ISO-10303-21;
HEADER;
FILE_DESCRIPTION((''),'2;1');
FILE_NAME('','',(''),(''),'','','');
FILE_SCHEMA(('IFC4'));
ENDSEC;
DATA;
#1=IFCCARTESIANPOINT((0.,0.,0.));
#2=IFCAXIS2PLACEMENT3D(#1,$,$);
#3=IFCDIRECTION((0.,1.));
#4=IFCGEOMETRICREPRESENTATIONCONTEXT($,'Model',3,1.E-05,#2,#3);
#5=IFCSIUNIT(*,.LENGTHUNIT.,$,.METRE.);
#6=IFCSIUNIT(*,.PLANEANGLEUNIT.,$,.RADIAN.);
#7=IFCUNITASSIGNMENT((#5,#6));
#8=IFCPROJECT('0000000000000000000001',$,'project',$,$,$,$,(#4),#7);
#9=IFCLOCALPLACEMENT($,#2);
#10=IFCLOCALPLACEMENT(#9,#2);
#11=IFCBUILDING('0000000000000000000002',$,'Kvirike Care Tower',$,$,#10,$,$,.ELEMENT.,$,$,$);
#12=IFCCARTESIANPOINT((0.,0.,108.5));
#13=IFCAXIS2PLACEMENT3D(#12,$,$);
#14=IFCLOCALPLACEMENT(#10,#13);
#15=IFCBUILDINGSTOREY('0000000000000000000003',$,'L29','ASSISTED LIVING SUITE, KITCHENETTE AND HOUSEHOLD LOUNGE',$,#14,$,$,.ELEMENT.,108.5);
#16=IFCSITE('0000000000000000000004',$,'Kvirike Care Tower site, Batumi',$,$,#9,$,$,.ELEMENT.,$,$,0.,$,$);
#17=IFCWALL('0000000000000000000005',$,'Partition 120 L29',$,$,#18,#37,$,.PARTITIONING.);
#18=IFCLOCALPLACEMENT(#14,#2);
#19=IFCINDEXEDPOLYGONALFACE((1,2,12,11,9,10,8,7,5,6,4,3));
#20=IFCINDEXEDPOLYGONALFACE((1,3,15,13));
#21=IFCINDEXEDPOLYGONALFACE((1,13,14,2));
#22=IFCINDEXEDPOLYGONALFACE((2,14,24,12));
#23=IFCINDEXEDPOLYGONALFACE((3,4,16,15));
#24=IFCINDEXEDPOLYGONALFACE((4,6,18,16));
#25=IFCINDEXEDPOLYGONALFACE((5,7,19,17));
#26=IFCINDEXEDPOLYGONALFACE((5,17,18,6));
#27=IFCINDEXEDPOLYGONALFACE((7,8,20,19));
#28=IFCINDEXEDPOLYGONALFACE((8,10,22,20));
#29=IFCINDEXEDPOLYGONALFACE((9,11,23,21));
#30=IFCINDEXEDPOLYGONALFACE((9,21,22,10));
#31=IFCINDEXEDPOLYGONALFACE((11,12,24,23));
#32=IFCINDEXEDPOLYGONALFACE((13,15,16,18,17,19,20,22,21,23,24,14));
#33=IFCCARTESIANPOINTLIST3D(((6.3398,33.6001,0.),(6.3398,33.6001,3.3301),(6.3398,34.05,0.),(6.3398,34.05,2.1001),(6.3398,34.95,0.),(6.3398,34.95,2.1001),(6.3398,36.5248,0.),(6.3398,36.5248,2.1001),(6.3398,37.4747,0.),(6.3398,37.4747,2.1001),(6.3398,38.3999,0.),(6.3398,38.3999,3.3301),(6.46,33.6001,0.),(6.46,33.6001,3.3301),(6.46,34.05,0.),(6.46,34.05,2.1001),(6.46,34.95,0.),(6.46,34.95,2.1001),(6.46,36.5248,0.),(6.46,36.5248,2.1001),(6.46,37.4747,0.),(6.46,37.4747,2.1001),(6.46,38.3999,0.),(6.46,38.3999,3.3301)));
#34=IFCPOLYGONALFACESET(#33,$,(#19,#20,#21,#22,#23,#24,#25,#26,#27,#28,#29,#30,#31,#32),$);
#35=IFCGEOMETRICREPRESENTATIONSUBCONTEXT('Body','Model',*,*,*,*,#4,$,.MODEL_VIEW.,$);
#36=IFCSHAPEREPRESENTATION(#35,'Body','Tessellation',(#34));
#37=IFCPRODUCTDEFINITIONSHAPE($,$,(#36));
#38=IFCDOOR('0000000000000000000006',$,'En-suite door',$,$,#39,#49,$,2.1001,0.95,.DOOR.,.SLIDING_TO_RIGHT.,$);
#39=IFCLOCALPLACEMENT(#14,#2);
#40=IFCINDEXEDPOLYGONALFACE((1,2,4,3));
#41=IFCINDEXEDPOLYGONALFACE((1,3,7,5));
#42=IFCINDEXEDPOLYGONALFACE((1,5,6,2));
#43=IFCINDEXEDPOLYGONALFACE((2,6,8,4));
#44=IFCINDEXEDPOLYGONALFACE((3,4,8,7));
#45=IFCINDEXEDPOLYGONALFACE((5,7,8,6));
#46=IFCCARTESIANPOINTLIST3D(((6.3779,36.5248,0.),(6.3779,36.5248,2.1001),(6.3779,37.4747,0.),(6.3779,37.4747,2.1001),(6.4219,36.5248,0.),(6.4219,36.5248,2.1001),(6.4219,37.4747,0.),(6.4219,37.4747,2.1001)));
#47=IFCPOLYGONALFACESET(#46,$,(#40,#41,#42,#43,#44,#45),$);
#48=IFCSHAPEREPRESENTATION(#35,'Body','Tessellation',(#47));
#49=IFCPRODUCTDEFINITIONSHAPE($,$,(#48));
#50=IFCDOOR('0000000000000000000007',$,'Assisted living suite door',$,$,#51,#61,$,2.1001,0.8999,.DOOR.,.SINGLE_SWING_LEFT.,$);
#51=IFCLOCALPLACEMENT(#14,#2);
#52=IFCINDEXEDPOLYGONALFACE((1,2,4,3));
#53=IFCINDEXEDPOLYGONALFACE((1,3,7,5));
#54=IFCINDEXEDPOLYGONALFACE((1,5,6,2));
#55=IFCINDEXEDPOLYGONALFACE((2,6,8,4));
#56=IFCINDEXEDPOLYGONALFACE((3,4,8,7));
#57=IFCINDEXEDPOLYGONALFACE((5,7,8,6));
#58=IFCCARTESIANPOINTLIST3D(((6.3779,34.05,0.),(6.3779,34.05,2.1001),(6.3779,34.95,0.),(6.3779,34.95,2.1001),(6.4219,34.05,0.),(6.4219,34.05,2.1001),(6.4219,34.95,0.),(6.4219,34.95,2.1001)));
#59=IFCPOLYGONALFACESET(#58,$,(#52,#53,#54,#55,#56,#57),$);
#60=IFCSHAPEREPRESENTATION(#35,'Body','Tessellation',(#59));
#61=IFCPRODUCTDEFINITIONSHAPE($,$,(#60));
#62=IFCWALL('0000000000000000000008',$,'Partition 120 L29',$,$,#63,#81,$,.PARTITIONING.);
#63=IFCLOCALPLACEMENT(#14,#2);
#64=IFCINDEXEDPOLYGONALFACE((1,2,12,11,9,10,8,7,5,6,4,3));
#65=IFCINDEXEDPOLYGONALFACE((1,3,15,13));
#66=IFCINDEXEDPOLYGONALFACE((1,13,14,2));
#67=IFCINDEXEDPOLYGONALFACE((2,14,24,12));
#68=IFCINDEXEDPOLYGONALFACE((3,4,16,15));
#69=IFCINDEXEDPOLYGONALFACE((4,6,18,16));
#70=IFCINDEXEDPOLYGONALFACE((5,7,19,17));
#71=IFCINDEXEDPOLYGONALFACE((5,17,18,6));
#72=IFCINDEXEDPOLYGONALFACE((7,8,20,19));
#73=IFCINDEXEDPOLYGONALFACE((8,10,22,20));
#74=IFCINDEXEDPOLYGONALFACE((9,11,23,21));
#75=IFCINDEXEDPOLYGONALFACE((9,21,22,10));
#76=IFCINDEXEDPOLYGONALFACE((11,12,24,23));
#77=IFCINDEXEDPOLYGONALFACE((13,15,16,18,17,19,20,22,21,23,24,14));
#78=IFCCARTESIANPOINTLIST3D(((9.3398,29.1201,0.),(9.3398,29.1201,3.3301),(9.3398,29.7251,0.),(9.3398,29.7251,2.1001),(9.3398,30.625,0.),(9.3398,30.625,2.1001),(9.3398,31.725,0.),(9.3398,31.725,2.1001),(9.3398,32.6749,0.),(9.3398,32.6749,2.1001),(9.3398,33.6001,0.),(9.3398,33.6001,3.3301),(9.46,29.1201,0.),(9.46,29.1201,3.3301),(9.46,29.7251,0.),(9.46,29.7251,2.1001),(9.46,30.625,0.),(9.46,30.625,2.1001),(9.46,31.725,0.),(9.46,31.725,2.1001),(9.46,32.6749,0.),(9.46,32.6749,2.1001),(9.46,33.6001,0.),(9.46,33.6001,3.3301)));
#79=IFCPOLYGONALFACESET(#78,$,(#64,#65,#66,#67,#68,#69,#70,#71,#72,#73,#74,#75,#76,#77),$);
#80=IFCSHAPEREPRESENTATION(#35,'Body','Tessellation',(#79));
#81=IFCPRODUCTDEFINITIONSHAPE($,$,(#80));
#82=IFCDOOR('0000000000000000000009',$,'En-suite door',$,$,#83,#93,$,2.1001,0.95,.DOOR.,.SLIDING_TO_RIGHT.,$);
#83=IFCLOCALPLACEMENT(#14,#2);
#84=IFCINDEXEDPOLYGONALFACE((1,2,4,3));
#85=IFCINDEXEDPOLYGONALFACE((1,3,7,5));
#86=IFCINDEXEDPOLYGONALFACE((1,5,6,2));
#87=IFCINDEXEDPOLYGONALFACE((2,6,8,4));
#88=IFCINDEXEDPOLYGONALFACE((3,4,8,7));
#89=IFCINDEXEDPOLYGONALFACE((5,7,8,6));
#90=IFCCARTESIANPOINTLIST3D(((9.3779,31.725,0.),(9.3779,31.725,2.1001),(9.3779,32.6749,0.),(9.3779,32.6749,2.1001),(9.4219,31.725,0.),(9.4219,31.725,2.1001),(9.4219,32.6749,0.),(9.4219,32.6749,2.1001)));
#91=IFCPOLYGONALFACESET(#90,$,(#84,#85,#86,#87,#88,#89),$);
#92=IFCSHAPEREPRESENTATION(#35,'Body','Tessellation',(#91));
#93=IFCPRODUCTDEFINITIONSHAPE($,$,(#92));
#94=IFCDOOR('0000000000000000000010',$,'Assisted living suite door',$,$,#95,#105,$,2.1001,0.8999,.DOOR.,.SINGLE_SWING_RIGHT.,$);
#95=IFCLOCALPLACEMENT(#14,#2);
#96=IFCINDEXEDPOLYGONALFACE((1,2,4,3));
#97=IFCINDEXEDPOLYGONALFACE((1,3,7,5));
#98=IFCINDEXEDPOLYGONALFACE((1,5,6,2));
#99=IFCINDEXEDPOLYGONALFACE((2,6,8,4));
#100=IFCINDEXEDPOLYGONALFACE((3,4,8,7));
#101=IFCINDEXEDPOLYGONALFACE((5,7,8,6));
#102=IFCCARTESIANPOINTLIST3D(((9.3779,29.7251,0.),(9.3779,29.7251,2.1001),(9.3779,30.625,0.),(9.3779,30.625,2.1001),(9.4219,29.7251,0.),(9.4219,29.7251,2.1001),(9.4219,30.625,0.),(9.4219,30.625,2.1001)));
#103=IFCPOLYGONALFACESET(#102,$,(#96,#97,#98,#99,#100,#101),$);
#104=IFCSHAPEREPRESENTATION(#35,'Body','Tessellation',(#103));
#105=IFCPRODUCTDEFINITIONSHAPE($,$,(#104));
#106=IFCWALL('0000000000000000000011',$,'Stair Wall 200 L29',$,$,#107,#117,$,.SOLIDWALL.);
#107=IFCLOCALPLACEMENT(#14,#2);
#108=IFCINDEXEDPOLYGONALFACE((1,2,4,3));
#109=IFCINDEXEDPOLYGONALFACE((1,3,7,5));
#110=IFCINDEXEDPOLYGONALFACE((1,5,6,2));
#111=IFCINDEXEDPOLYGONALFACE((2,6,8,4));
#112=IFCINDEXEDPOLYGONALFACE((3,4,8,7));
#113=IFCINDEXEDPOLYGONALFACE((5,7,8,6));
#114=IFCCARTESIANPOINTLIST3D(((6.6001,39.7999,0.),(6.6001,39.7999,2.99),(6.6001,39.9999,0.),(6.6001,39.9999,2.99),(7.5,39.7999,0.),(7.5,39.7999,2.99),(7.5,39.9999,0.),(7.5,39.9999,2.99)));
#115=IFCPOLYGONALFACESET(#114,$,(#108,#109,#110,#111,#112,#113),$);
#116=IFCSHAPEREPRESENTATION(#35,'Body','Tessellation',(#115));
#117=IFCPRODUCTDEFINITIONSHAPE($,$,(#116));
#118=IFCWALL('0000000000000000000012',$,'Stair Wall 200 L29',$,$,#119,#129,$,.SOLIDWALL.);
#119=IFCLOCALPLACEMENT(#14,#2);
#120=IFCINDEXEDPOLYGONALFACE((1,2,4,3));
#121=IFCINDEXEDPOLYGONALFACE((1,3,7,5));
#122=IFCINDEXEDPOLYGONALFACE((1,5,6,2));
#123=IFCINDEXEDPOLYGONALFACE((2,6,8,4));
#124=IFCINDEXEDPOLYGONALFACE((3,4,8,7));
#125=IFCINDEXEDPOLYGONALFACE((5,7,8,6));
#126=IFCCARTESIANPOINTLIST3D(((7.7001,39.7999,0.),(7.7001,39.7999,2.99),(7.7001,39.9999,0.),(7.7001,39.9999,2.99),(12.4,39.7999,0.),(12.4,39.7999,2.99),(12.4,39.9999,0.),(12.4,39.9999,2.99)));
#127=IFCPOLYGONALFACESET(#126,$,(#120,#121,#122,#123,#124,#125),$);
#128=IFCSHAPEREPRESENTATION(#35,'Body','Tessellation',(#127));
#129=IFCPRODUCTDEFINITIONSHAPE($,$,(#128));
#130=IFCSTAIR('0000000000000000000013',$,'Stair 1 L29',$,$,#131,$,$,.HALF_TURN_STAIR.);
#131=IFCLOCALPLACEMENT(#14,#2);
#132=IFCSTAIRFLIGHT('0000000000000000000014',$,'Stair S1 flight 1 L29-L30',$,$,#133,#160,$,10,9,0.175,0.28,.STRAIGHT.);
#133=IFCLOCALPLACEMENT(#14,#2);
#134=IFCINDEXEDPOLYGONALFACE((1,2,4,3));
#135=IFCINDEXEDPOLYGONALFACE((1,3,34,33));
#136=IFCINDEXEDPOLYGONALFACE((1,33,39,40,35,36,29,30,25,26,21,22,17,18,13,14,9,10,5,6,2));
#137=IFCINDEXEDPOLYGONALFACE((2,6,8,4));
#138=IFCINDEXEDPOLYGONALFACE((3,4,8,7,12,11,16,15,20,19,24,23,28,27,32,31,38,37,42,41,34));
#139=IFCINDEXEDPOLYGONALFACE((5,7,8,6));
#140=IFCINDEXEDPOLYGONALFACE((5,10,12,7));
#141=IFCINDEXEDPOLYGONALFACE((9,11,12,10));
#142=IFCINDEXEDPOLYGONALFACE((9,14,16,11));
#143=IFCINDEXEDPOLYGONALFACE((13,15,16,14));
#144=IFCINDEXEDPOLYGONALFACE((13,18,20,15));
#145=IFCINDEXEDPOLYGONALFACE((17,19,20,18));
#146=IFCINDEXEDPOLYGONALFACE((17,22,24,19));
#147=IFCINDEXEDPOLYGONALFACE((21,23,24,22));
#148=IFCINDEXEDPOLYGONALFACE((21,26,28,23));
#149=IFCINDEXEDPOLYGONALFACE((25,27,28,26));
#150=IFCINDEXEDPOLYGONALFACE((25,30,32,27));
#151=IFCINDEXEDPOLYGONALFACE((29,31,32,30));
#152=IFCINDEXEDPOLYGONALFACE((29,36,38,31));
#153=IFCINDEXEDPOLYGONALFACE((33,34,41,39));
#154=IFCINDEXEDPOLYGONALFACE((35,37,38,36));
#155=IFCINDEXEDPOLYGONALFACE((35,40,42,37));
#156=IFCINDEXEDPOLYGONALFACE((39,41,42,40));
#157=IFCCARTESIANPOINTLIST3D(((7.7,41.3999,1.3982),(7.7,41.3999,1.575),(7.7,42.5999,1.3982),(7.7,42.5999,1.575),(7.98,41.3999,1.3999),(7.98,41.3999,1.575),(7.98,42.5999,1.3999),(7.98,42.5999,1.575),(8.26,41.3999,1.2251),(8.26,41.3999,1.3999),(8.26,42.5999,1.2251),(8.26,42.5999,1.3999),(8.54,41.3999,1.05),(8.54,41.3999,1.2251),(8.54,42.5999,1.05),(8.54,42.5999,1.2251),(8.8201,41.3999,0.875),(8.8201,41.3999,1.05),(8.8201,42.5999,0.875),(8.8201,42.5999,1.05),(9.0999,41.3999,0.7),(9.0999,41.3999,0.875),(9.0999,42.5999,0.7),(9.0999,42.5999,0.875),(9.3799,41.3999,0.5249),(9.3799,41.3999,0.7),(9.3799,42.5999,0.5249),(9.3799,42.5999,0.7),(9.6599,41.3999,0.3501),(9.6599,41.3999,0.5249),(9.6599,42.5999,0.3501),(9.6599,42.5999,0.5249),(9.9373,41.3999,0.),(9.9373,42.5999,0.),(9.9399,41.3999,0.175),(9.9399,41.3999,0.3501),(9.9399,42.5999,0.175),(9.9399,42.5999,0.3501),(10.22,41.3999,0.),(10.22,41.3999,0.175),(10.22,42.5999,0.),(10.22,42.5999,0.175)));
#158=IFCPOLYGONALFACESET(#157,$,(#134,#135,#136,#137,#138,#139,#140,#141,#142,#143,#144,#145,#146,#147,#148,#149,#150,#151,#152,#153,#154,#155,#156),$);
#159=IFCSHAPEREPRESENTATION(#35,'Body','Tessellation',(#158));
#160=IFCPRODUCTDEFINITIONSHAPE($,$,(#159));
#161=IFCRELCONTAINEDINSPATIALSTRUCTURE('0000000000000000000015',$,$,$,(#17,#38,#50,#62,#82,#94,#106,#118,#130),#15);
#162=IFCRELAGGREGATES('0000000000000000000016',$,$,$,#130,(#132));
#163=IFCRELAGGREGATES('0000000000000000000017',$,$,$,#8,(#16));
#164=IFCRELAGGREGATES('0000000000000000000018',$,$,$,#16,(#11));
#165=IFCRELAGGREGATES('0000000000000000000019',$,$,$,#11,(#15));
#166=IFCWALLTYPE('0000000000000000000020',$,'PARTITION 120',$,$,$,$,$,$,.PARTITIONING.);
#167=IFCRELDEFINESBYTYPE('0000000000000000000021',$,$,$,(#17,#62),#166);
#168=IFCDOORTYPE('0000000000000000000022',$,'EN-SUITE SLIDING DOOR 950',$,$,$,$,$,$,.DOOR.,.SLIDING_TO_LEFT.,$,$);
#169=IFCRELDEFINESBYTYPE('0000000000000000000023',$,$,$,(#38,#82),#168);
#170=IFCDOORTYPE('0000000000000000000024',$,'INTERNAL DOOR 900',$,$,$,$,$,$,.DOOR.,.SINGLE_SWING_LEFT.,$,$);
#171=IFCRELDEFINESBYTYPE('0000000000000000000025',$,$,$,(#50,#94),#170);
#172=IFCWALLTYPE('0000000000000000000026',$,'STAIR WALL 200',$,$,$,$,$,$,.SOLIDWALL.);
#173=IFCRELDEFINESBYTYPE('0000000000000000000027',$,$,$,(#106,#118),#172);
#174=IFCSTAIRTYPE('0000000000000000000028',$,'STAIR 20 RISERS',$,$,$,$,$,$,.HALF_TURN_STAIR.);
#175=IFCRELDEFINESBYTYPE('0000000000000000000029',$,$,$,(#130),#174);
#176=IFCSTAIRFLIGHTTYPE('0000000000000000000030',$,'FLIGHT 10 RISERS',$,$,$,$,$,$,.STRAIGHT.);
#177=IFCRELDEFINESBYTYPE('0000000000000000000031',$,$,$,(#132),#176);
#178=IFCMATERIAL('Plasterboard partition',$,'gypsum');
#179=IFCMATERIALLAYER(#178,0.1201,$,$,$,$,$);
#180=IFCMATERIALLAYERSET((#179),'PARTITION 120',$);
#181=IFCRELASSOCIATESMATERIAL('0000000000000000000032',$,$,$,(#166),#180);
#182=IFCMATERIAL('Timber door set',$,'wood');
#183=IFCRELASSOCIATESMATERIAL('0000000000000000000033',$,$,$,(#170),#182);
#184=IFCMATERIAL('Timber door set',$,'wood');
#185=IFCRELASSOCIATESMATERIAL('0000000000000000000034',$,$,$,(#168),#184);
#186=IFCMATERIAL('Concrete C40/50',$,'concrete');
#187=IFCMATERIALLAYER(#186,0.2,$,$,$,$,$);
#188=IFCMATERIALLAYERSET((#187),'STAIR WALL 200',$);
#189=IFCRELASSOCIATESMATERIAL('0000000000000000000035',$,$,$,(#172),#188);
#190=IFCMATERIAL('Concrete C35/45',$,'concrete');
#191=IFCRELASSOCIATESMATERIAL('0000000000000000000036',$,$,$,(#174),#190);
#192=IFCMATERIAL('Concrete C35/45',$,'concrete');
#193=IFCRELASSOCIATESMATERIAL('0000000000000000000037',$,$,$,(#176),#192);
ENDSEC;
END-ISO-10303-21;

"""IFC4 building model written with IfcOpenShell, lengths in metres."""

from ifc_helpers import new_model, si_unit, direction, frame, frame_2d, origin, place, context, subcontext, project, spatial, polyline, rectangle, outline, extrude, material, layer, layer_set, type_object, element, fill, aggregate, save


model = new_model("IFC4")

# Units and contexts
model_context = context("Model", 3, precision=1e-05, world=origin(), true_north=direction((0.0, 1.0)))
body_context = subcontext(model_context, "Body", "Model", "MODEL_VIEW")
ifc_project = project(units=[si_unit("LENGTHUNIT", "METRE"), si_unit("PLANEANGLEUNIT", "RADIAN")], contexts=[model_context])

# Site, building, storey
site_placement = place(None, origin())
site = spatial("IfcSite", under=ifc_project, at=site_placement, Name="Kvirike Care Tower site, Batumi", CompositionType="ELEMENT", RefElevation=0.0)
building_placement = place(site_placement, origin())
building = spatial("IfcBuilding", under=site, at=building_placement, Name="Kvirike Care Tower", CompositionType="ELEMENT")
storey_placement = place(building_placement, frame((0.0, 0.0, 108.5)))
storey = spatial("IfcBuildingStorey", under=building, at=storey_placement, Name="L29", Description="ASSISTED LIVING SUITE, KITCHENETTE AND HOUSEHOLD LOUNGE", CompositionType="ELEMENT", Elevation=108.5)

# Shared definitions
ifc_material_1 = material(Name="Plasterboard partition", Category="gypsum")
ifc_layer_1 = layer(ifc_material_1, 0.1201)
ifc_layer_set_1 = layer_set([ifc_layer_1], Name="PARTITION 120")
wall_type_1 = type_object("IfcWallType", Name="PARTITION 120", PredefinedType="PARTITIONING", material=ifc_layer_set_1)
ifc_material_2 = material(Name="Timber door set", Category="wood")
door_type_1 = type_object("IfcDoorType", Name="INTERNAL DOOR 900", OperationType="SINGLE_SWING_LEFT", PredefinedType="DOOR", material=ifc_material_2)

# Walls, openings, doors
wall_1_placement = place(storey_placement, frame((6.3999, 38.3999, 0.0), z_axis=(0.0, 0.0, 1.0), x_axis=(0.0, -1.0, 0.0)))
wall_1 = element("IfcWall", 1, at=wall_1_placement, inside=storey, type_object=wall_type_1, Name="Partition 120 L29", PredefinedType="PARTITIONING", context=body_context, shape_type="SweptSolid", body=[
    extrude(rectangle(XDim=4.7998, YDim=0.1201, at=frame_2d((2.3999, 0.0))), origin(), (0.0, 0.0, 1.0), 3.3301),
])
opening_1_placement = place(wall_1_placement, frame((3.45, 0.0, 0.0)))
opening_1 = element("IfcOpeningElement", 2, at=opening_1_placement, cuts=wall_1, PredefinedType="OPENING", context=body_context, shape_type="SweptSolid", body=[
    extrude(rectangle(XDim=0.8999, YDim=2.1001, at=frame_2d((0.45, 1.05))), frame((0.0, 0.0706, 0.0), z_axis=(0.0, -1.0, 0.0), x_axis=(1.0, 0.0, 0.0)), (0.0, 0.0, 1.0), 0.1411),
])
opening_2_placement = place(wall_1_placement, frame((0.925, 0.0, 0.0)))
opening_2 = element("IfcOpeningElement", 3, at=opening_2_placement, cuts=wall_1, PredefinedType="OPENING", context=body_context, shape_type="SweptSolid", body=[
    extrude(rectangle(XDim=0.95, YDim=2.1001, at=frame_2d((0.4751, 1.05))), frame((0.0, 0.0706, 0.0), z_axis=(0.0, -1.0, 0.0), x_axis=(1.0, 0.0, 0.0)), (0.0, 0.0, 1.0), 0.1411),
])
ifc_material_3 = material(Name="Timber door set", Category="wood")
door_type_2 = type_object("IfcDoorType", Name="EN-SUITE SLIDING DOOR 950", OperationType="SLIDING_TO_LEFT", PredefinedType="DOOR", material=ifc_material_3)
door_1_placement = place(opening_2_placement, origin())
door_1 = element("IfcDoor", 4, at=door_1_placement, inside=storey, type_object=door_type_2, Name="En-suite door", OperationType="SLIDING_TO_RIGHT", OverallHeight=2.1001, OverallWidth=0.95, PredefinedType="DOOR", context=body_context, shape_type="SweptSolid", body=[
    extrude(rectangle(XDim=0.95, YDim=2.1001, at=frame_2d((0.4751, 1.05))), frame((0.0, 0.022, 0.0), z_axis=(0.0, -1.0, 0.0), x_axis=(1.0, 0.0, 0.0)), (0.0, 0.0, 1.0), 0.0439),
])
fill(opening_2, door_1)
door_2_placement = place(opening_1_placement, origin())
door_2 = element("IfcDoor", 5, at=door_2_placement, inside=storey, type_object=door_type_1, Name="Assisted living suite door", OperationType="SINGLE_SWING_LEFT", OverallHeight=2.1001, OverallWidth=0.8999, PredefinedType="DOOR", context=body_context, shape_type="SweptSolid", body=[
    extrude(rectangle(XDim=0.8999, YDim=2.1001, at=frame_2d((0.45, 1.05))), frame((0.0, 0.022, 0.0), z_axis=(0.0, -1.0, 0.0), x_axis=(1.0, 0.0, 0.0)), (0.0, 0.0, 1.0), 0.0439),
])
fill(opening_1, door_2)
wall_2_placement = place(storey_placement, frame((9.3999, 33.6001, 0.0), z_axis=(0.0, 0.0, 1.0), x_axis=(0.0, -1.0, 0.0)))
wall_2 = element("IfcWall", 6, at=wall_2_placement, inside=storey, type_object=wall_type_1, Name="Partition 120 L29", PredefinedType="PARTITIONING", context=body_context, shape_type="SweptSolid", body=[
    extrude(rectangle(XDim=4.48, YDim=0.1201, at=frame_2d((2.24, 0.0))), origin(), (0.0, 0.0, 1.0), 3.3301),
])
opening_3_placement = place(wall_2_placement, frame((2.9751, 0.0, 0.0)))
opening_3 = element("IfcOpeningElement", 7, at=opening_3_placement, cuts=wall_2, PredefinedType="OPENING", context=body_context, shape_type="SweptSolid", body=[
    extrude(rectangle(XDim=0.8999, YDim=2.1001, at=frame_2d((0.45, 1.05))), frame((0.0, 0.0706, 0.0), z_axis=(0.0, -1.0, 0.0), x_axis=(1.0, 0.0, 0.0)), (0.0, 0.0, 1.0), 0.1411),
])
opening_4_placement = place(wall_2_placement, frame((0.925, 0.0, 0.0)))
opening_4 = element("IfcOpeningElement", 8, at=opening_4_placement, cuts=wall_2, PredefinedType="OPENING", context=body_context, shape_type="SweptSolid", body=[
    extrude(rectangle(XDim=0.95, YDim=2.1001, at=frame_2d((0.4751, 1.05))), frame((0.0, 0.0706, 0.0), z_axis=(0.0, -1.0, 0.0), x_axis=(1.0, 0.0, 0.0)), (0.0, 0.0, 1.0), 0.1411),
])
door_3_placement = place(opening_4_placement, origin())
door_3 = element("IfcDoor", 9, at=door_3_placement, inside=storey, type_object=door_type_2, Name="En-suite door", OperationType="SLIDING_TO_RIGHT", OverallHeight=2.1001, OverallWidth=0.95, PredefinedType="DOOR", context=body_context, shape_type="SweptSolid", body=[
    extrude(rectangle(XDim=0.95, YDim=2.1001, at=frame_2d((0.4751, 1.05))), frame((0.0, 0.022, 0.0), z_axis=(0.0, -1.0, 0.0), x_axis=(1.0, 0.0, 0.0)), (0.0, 0.0, 1.0), 0.0439),
])
fill(opening_4, door_3)
door_4_placement = place(opening_3_placement, origin())
door_4 = element("IfcDoor", 10, at=door_4_placement, inside=storey, type_object=door_type_1, Name="Assisted living suite door", OperationType="SINGLE_SWING_RIGHT", OverallHeight=2.1001, OverallWidth=0.8999, PredefinedType="DOOR", context=body_context, shape_type="SweptSolid", body=[
    extrude(rectangle(XDim=0.8999, YDim=2.1001, at=frame_2d((0.45, 1.05))), frame((0.0, 0.022, 0.0), z_axis=(0.0, -1.0, 0.0), x_axis=(1.0, 0.0, 0.0)), (0.0, 0.0, 1.0), 0.0439),
])
fill(opening_3, door_4)

# Walls
ifc_material_4 = material(Name="Concrete C40/50", Category="concrete")
ifc_layer_2 = layer(ifc_material_4, 0.2)
ifc_layer_set_2 = layer_set([ifc_layer_2], Name="STAIR WALL 200")
wall_type_2 = type_object("IfcWallType", Name="STAIR WALL 200", PredefinedType="SOLIDWALL", material=ifc_layer_set_2)
wall_3_placement = place(storey_placement, frame((6.6001, 39.8999, 0.0), z_axis=(0.0, 0.0, 1.0), x_axis=(1.0, 0.0, 0.0)))
element("IfcWall", 11, at=wall_3_placement, inside=storey, type_object=wall_type_2, Name="Stair Wall 200 L29", PredefinedType="SOLIDWALL", context=body_context, shape_type="SweptSolid", body=[
    extrude(rectangle(XDim=0.8999, YDim=0.2, at=frame_2d((0.45, 0.0))), origin(), (0.0, 0.0, 1.0), 2.99),
])
wall_4_placement = place(storey_placement, frame((7.7, 39.8999, 0.0), z_axis=(0.0, 0.0, 1.0), x_axis=(1.0, 0.0, 0.0)))
element("IfcWall", 12, at=wall_4_placement, inside=storey, type_object=wall_type_2, Name="Stair Wall 200 L29", PredefinedType="SOLIDWALL", context=body_context, shape_type="SweptSolid", body=[
    extrude(rectangle(XDim=4.7, YDim=0.2, at=frame_2d((2.3501, 0.0))), origin(), (0.0, 0.0, 1.0), 2.99),
])

# Stair, stair flight
ifc_material_5 = material(Name="Concrete C35/45", Category="concrete")
stair_type = type_object("IfcStairType", Name="STAIR 20 RISERS", PredefinedType="HALF_TURN_STAIR", material=ifc_material_5)
stair_placement = place(storey_placement, origin())
stair = element("IfcStair", 13, at=stair_placement, inside=storey, type_object=stair_type, Name="Stair 1 L29", PredefinedType="HALF_TURN_STAIR")
ifc_material_6 = material(Name="Concrete C35/45", Category="concrete")
stair_flight_type = type_object("IfcStairFlightType", Name="FLIGHT 10 RISERS", PredefinedType="STRAIGHT", material=ifc_material_6)
stair_flight_1_placement = place(storey_placement, frame((10.22, 42.0, 0.0), z_axis=(0.0, 0.0, 1.0), x_axis=(-1.0, 0.0, 0.0)))
stair_flight_1 = element("IfcStairFlight", 14, at=stair_flight_1_placement, type_object=stair_flight_type, Name="Stair S1 flight 1 L29-L30", NumberOfRisers=10, NumberOfTreads=9, PredefinedType="STRAIGHT", RiserHeight=0.175, TreadLength=0.28, context=body_context, shape_type="SweptSolid", body=[
    extrude(outline(polyline([(0.0, 0.0), (0.0, 0.175), (0.28, 0.175), (0.28, 0.3501), (0.5601, 0.3501), (0.5601, 0.5249), (0.8401, 0.5249), (0.8401, 0.7), (1.1201, 0.7), (1.1201, 0.875), (1.3999, 0.875), (1.3999, 1.05), (1.6799, 1.05), (1.6799, 1.2251), (1.96, 1.2251), (1.96, 1.3999), (2.24, 1.3999), (2.24, 1.575), (2.52, 1.575), (2.52, 1.75), (2.52, 1.3982), (0.2827, 0.0), (0.0, 0.0)])), frame((0.0, 0.6001, 0.0), z_axis=(0.0, -1.0, 0.0), x_axis=(1.0, 0.0, 0.0)), (0.0, 0.0, 1.0), 1.2),
])
aggregate(stair, [stair_flight_1])

save(model, "model.ifc")
